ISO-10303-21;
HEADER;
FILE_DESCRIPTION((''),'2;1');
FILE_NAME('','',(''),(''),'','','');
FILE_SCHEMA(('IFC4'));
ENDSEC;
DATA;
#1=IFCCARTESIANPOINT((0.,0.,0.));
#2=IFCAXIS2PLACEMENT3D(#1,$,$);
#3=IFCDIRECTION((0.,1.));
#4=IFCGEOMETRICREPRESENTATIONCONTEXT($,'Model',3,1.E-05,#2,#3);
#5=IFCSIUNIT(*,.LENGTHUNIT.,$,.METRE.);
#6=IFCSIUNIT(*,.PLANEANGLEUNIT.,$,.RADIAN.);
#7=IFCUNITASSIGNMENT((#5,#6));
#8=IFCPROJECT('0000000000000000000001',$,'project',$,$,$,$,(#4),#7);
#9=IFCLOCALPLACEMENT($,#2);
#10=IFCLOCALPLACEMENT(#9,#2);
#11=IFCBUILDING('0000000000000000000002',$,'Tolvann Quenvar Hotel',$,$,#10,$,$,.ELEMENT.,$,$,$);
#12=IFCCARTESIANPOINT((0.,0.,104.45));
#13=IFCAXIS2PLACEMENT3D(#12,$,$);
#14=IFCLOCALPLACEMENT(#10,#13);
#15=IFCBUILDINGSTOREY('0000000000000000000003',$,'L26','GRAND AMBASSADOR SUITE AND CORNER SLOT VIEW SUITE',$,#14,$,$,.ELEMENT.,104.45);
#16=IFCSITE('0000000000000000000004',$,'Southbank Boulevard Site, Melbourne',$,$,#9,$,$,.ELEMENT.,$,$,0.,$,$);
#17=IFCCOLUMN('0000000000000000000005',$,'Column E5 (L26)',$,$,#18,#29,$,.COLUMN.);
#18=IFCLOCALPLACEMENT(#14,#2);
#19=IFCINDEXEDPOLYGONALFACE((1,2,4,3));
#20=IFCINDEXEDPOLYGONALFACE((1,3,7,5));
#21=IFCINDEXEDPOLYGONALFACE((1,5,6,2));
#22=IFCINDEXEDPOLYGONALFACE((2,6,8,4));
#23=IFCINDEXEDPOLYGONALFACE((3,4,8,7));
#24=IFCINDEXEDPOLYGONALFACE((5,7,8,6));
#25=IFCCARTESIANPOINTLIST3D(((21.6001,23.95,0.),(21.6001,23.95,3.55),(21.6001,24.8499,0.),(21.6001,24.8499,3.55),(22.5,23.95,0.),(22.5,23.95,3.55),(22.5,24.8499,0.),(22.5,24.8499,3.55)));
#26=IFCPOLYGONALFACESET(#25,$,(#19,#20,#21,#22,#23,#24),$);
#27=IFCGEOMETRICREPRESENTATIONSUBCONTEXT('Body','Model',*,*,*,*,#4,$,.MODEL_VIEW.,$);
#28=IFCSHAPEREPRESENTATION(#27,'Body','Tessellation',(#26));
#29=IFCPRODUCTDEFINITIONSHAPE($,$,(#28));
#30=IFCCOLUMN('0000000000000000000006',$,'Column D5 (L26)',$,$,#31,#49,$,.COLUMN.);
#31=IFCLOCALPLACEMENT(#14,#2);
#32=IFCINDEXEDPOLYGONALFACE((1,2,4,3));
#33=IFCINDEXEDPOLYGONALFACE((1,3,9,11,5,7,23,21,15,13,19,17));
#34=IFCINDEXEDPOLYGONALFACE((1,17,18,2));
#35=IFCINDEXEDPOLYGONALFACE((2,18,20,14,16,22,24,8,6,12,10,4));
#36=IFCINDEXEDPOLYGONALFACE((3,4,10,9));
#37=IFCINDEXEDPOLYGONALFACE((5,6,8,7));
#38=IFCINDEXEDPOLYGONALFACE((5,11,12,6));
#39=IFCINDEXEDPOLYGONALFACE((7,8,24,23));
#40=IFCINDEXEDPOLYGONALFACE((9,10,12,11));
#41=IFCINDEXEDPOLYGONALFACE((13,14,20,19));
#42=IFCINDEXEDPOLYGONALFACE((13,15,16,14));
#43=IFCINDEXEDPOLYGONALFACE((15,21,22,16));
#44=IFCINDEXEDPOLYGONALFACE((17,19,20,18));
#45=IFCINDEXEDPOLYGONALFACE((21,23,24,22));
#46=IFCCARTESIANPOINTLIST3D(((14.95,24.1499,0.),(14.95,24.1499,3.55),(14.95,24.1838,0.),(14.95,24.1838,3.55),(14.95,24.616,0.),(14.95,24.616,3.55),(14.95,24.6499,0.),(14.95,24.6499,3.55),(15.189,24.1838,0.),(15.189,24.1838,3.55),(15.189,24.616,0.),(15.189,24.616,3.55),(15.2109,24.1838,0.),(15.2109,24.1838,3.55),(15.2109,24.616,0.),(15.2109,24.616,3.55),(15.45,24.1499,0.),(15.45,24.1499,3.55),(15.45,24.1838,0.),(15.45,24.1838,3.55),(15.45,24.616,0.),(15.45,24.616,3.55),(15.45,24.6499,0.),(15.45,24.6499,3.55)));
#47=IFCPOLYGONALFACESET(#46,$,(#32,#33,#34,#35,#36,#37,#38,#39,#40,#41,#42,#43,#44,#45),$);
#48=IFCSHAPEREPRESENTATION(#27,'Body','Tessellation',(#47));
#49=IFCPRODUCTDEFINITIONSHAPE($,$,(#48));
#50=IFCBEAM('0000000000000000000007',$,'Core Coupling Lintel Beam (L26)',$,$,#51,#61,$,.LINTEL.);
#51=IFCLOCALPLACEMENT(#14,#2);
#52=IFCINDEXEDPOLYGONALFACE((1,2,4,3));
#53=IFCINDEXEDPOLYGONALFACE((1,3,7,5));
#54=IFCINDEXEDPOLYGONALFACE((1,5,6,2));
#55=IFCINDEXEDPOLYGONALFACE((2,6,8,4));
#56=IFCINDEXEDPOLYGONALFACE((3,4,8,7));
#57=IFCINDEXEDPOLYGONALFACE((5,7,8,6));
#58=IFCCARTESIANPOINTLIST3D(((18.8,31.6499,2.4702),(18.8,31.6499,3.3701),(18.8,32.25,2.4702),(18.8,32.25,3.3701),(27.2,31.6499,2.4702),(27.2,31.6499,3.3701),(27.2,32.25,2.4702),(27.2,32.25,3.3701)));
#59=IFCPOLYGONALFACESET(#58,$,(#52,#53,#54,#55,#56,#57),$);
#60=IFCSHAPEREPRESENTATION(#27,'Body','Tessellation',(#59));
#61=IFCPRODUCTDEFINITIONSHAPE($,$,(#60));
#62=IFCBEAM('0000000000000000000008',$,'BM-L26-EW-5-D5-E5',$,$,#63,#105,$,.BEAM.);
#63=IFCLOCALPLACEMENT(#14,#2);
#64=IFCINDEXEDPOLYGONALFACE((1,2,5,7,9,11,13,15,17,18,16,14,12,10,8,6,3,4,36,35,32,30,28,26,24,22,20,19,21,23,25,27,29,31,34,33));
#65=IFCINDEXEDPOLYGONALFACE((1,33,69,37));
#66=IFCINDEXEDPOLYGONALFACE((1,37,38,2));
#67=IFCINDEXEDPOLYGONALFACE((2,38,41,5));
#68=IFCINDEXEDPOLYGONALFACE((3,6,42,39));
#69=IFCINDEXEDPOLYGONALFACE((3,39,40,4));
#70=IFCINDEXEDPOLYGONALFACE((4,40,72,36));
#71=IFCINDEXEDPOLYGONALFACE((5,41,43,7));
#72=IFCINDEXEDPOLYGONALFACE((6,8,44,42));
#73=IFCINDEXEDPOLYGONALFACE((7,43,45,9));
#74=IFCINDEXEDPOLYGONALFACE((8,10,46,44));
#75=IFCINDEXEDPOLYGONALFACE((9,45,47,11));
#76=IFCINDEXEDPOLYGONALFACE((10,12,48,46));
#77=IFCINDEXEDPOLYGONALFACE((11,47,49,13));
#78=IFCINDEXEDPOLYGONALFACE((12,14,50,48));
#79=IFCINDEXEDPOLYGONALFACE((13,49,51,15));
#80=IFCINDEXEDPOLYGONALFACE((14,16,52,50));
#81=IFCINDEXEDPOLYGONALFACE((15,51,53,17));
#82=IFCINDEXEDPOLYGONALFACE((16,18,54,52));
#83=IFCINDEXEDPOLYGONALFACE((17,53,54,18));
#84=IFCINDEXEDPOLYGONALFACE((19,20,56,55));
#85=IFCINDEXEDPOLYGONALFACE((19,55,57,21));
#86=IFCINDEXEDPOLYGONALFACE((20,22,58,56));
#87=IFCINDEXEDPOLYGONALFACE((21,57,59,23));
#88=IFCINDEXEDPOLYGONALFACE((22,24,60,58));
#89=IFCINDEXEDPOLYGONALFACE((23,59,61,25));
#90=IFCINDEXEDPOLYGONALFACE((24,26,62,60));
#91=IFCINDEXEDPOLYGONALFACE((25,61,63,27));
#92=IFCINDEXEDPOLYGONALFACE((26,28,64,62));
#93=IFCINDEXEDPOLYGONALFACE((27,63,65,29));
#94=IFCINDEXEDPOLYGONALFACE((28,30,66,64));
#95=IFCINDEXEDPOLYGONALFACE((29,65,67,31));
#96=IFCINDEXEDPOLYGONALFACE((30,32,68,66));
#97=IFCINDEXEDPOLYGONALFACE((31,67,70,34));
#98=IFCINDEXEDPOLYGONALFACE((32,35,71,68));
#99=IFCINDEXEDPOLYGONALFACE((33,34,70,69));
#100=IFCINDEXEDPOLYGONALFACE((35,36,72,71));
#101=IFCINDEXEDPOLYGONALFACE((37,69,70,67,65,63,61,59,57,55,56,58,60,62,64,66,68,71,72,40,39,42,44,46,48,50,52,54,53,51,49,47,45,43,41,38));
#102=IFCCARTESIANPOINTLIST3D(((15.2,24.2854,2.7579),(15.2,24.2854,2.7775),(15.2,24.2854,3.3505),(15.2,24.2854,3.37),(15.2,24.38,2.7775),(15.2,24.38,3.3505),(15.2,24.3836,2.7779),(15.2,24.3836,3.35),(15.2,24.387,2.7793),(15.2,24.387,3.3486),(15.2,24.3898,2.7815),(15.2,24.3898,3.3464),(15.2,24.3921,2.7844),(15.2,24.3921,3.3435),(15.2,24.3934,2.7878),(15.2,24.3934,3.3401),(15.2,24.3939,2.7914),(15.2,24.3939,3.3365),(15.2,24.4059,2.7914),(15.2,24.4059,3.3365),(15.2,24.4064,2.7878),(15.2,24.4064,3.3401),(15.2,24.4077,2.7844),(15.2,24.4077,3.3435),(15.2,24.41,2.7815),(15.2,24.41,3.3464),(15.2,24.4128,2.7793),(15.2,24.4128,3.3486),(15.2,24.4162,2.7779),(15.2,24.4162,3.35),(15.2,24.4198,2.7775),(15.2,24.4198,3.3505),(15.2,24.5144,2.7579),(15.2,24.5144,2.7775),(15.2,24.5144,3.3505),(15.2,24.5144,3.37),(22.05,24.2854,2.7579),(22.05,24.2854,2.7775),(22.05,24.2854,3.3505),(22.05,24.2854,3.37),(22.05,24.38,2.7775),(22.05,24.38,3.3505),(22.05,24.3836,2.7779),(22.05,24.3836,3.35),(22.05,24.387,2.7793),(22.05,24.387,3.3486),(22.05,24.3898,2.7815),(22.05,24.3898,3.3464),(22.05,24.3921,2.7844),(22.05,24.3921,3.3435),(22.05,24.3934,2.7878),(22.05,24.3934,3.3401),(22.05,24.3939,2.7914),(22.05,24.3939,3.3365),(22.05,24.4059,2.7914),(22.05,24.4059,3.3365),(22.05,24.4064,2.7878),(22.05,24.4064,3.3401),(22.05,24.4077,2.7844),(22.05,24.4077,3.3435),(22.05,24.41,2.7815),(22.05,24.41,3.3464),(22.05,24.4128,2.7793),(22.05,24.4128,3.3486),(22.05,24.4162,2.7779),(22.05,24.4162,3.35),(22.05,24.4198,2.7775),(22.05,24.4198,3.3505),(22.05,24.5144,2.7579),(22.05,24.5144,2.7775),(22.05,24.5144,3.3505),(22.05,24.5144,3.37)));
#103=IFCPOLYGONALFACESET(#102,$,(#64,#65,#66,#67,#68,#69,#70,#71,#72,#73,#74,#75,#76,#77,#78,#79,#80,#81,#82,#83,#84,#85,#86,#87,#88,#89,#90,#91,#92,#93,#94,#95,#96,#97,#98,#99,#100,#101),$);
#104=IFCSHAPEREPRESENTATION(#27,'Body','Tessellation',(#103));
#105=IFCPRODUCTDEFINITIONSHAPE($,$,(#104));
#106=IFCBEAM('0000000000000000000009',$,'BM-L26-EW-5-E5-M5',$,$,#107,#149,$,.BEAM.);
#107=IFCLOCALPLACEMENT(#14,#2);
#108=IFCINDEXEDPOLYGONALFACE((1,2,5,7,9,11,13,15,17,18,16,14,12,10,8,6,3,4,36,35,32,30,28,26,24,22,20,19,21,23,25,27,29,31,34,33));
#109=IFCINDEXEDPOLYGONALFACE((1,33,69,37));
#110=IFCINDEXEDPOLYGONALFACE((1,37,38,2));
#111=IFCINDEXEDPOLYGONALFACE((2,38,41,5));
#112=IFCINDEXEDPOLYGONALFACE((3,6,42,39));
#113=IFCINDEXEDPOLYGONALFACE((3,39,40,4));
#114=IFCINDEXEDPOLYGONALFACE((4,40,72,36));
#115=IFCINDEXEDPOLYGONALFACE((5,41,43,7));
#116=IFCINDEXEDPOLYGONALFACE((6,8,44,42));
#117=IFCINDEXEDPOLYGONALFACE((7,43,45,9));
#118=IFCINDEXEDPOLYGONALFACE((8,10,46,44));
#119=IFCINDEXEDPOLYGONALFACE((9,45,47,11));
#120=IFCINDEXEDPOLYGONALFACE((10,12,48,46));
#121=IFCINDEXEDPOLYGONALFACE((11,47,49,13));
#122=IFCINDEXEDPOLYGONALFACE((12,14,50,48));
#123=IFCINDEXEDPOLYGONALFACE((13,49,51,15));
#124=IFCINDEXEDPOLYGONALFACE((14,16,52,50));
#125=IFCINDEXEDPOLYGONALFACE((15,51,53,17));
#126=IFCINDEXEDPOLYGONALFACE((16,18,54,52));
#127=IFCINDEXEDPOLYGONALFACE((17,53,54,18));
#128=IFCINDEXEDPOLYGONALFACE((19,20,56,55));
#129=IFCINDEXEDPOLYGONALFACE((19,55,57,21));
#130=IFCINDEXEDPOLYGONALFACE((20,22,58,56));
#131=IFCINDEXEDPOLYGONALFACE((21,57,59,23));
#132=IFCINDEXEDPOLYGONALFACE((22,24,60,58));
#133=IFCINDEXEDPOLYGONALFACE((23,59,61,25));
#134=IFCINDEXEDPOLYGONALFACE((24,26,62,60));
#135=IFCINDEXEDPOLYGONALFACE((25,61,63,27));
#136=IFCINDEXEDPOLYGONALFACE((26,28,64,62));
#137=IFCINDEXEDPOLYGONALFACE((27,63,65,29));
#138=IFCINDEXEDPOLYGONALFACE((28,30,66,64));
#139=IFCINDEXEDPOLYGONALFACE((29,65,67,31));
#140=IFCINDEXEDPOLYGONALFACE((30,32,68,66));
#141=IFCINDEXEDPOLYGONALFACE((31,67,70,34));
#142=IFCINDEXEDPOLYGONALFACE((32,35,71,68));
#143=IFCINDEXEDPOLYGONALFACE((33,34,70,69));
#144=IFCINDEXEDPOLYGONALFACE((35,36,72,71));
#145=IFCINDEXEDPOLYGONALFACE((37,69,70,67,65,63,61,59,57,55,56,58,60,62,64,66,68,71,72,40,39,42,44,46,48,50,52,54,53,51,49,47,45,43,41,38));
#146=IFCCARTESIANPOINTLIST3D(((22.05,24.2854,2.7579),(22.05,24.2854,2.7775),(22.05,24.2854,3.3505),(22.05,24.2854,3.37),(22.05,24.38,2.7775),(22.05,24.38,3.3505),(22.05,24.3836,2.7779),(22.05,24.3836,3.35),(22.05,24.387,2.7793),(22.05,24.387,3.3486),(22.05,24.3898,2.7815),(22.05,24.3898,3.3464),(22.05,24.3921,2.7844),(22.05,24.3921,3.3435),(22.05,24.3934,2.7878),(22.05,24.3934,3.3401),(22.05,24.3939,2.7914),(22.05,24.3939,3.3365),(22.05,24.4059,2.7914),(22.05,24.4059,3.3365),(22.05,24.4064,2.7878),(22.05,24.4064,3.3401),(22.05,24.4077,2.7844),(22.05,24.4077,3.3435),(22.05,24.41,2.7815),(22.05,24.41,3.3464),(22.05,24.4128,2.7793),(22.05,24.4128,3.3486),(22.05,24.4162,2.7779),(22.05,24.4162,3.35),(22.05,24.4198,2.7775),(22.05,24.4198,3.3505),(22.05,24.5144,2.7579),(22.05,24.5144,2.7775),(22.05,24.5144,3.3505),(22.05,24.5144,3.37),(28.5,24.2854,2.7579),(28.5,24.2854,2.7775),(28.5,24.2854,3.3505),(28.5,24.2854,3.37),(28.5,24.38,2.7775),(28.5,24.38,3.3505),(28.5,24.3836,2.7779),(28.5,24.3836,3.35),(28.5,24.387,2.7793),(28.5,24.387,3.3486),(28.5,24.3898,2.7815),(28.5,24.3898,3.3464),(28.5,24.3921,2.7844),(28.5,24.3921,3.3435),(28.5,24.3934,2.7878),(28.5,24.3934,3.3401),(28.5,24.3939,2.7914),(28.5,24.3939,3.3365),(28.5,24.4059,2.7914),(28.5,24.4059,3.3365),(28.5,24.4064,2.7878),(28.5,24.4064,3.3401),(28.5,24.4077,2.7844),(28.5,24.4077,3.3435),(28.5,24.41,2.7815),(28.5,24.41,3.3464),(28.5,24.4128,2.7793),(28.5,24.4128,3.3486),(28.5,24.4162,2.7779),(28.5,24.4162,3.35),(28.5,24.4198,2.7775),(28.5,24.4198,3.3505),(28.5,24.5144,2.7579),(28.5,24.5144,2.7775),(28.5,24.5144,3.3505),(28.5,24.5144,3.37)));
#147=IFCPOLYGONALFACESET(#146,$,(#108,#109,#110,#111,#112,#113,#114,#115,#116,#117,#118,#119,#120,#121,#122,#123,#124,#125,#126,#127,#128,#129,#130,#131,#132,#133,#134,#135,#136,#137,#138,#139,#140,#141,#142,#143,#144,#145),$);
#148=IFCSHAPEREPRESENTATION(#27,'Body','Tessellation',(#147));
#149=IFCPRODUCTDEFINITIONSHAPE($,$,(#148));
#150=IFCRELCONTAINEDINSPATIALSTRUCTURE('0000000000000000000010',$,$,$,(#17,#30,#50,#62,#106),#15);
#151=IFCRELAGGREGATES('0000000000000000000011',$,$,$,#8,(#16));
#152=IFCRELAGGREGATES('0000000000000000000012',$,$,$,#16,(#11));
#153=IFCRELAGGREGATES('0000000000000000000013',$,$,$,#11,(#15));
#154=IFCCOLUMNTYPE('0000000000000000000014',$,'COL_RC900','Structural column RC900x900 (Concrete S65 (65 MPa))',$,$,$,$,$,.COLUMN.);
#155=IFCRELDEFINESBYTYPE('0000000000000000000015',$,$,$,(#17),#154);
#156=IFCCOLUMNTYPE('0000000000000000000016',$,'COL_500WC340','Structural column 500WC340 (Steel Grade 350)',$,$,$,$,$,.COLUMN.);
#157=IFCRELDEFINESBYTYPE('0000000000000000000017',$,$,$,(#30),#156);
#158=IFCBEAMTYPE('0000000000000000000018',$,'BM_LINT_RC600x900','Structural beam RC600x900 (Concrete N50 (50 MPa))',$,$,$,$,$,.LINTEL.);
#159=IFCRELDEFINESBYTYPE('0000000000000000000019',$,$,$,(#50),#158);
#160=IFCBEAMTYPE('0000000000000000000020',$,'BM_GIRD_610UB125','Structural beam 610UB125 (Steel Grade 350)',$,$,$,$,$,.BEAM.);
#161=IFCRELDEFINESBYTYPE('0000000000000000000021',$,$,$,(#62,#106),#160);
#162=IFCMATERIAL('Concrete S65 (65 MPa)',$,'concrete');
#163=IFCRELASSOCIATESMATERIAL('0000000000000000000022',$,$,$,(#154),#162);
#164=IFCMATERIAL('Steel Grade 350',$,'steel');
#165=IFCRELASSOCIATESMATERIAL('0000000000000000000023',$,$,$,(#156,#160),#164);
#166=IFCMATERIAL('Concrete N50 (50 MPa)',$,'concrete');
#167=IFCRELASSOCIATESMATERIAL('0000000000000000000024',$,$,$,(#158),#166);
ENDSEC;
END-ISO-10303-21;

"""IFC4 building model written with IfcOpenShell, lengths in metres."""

from ifc_helpers import new_model, si_unit, direction, frame, origin, origin_2d, place, context, subcontext, project, spatial, rectangle, i_section, extrude, source, transform, mapped, material, material_profile, profile_set, type_object, type_shapes, element, save


model = new_model("IFC4")

# Units and contexts
model_context = context("Model", 3, precision=1e-05, world=origin(), true_north=direction((0.0, 1.0)))
body_context = subcontext(model_context, "Body", "Model", "MODEL_VIEW")
ifc_project = project(units=[si_unit("LENGTHUNIT", "METRE"), si_unit("PLANEANGLEUNIT", "RADIAN")], contexts=[model_context])

# Site, building, storey
site_placement = place(None, origin())
site = spatial("IfcSite", under=ifc_project, at=site_placement, Name="Southbank Boulevard Site, Melbourne", CompositionType="ELEMENT", RefElevation=0.0)
building_placement = place(site_placement, origin())
building = spatial("IfcBuilding", under=site, at=building_placement, Name="Tolvann Quenvar Hotel", CompositionType="ELEMENT")
storey_placement = place(building_placement, frame((0.0, 0.0, 104.45)))
storey = spatial("IfcBuildingStorey", under=building, at=storey_placement, Name="L26", Description="GRAND AMBASSADOR SUITE AND CORNER SLOT VIEW SUITE", CompositionType="ELEMENT", Elevation=104.45)

# Columns
ifc_material_1 = material(Name="Concrete S65 (65 MPa)", Category="concrete")
ifc_material_profile_1 = material_profile(ifc_material_1, rectangle(XDim=0.8999, YDim=0.8999, at=origin_2d()), Name="RC900x900")
ifc_profile_set_1 = profile_set([ifc_material_profile_1], Name="Concrete S65 (65 MPa)")
column_type_1 = type_object("IfcColumnType", Name="COL_RC900", Description="Structural column RC900x900 (Concrete S65 (65 MPa))", PredefinedType="COLUMN", material=ifc_profile_set_1)
shared_shape_1 = source(origin(), body_context, "Body", "SweptSolid", [
    extrude(rectangle(XDim=0.8999, YDim=0.8999, at=origin_2d()), origin(), (0.0, 0.0, 1.0), 3.55),
])
type_shapes(column_type_1, [shared_shape_1])
column_1_placement = place(storey_placement, frame((22.05, 24.3999, 0.0), z_axis=(0.0, 0.0, 1.0), x_axis=(1.0, 0.0, 0.0)))
element("IfcColumn", 1, at=column_1_placement, inside=storey, type_object=column_type_1, Name="Column E5 (L26)", PredefinedType="COLUMN", context=body_context, shape_type="MappedRepresentation", body=[
    mapped(shared_shape_1, transform((0.0, 0.0, 0.0), x_axis=(1.0, 0.0, 0.0), y_axis=(0.0, 1.0, 0.0), z_axis=(0.0, 0.0, 1.0), scale=1.0)),
])
ifc_material_2 = material(Name="Steel Grade 350", Category="steel")
ifc_material_profile_2 = material_profile(ifc_material_2, i_section(OverallWidth=0.5, OverallDepth=0.5, WebThickness=0.022, FlangeThickness=0.0339, at=origin_2d()), Name="500WC340")
ifc_profile_set_2 = profile_set([ifc_material_profile_2], Name="Steel Grade 350")
column_type_2 = type_object("IfcColumnType", Name="COL_500WC340", Description="Structural column 500WC340 (Steel Grade 350)", PredefinedType="COLUMN", material=ifc_profile_set_2)
shared_shape_2 = source(origin(), body_context, "Body", "SweptSolid", [
    extrude(i_section(OverallWidth=0.5, OverallDepth=0.5, WebThickness=0.022, FlangeThickness=0.0339, at=origin_2d()), origin(), (0.0, 0.0, 1.0), 3.55),
])
type_shapes(column_type_2, [shared_shape_2])
column_2_placement = place(storey_placement, frame((15.2, 24.3999, 0.0), z_axis=(0.0, 0.0, 1.0), x_axis=(1.0, 0.0, 0.0)))
element("IfcColumn", 2, at=column_2_placement, inside=storey, type_object=column_type_2, Name="Column D5 (L26)", PredefinedType="COLUMN", context=body_context, shape_type="MappedRepresentation", body=[
    mapped(shared_shape_2, transform((0.0, 0.0, 0.0), x_axis=(1.0, 0.0, 0.0), y_axis=(0.0, 1.0, 0.0), z_axis=(0.0, 0.0, 1.0), scale=1.0)),
])

# Beams
ifc_material_3 = material(Name="Concrete N50 (50 MPa)", Category="concrete")
ifc_material_profile_3 = material_profile(ifc_material_3, rectangle(XDim=0.6001, YDim=0.8999, at=origin_2d()), Name="RC600x900")
ifc_profile_set_3 = profile_set([ifc_material_profile_3], Name="Concrete N50 (50 MPa)")
beam_type_1 = type_object("IfcBeamType", Name="BM_LINT_RC600x900", Description="Structural beam RC600x900 (Concrete N50 (50 MPa))", PredefinedType="LINTEL", material=ifc_profile_set_3)
shared_shape_3 = source(origin(), body_context, "Body", "SweptSolid", [
    extrude(rectangle(XDim=0.6001, YDim=0.8999, at=origin_2d()), origin(), (0.0, 0.0, 1.0), 8.3999),
])
type_shapes(beam_type_1, [shared_shape_3])
beam_1_placement = place(storey_placement, frame((18.8, 31.95, 2.9202), z_axis=(1.0, 0.0, 0.0), x_axis=(0.0, 1.0, 0.0)))
element("IfcBeam", 3, at=beam_1_placement, inside=storey, type_object=beam_type_1, Name="Core Coupling Lintel Beam (L26)", PredefinedType="LINTEL", context=body_context, shape_type="MappedRepresentation", body=[
    mapped(shared_shape_3, transform((0.0, 0.0, 0.0), x_axis=(1.0, 0.0, 0.0), y_axis=(0.0, 1.0, 0.0), z_axis=(0.0, 0.0, 1.0), scale=1.0)),
])
ifc_material_profile_4 = material_profile(ifc_material_2, i_section(OverallWidth=0.229, OverallDepth=0.6121, WebThickness=0.012, FlangeThickness=0.0195, FilletRadius=0.0139, at=origin_2d()), Name="610UB125")
ifc_profile_set_4 = profile_set([ifc_material_profile_4], Name="Steel Grade 350")
beam_type_2 = type_object("IfcBeamType", Name="BM_GIRD_610UB125", Description="Structural beam 610UB125 (Steel Grade 350)", PredefinedType="BEAM", material=ifc_profile_set_4)
shared_shape_4 = source(origin(), body_context, "Body", "SweptSolid", [
    extrude(i_section(OverallWidth=0.229, OverallDepth=0.6121, WebThickness=0.012, FlangeThickness=0.0195, FilletRadius=0.0139, at=origin_2d()), origin(), (0.0, 0.0, 1.0), 6.8501),
])
beam_2_placement = place(storey_placement, frame((15.2, 24.3999, 3.064), z_axis=(1.0, 0.0, 0.0), x_axis=(0.0, 1.0, 0.0)))
element("IfcBeam", 4, at=beam_2_placement, inside=storey, type_object=beam_type_2, Name="BM-L26-EW-5-D5-E5", PredefinedType="BEAM", context=body_context, shape_type="MappedRepresentation", body=[
    mapped(shared_shape_4, transform((0.0, 0.0, 0.0), x_axis=(1.0, 0.0, 0.0), y_axis=(0.0, 1.0, 0.0), z_axis=(0.0, 0.0, 1.0), scale=1.0)),
])
shared_shape_5 = source(origin(), body_context, "Body", "SweptSolid", [
    extrude(i_section(OverallWidth=0.229, OverallDepth=0.6121, WebThickness=0.012, FlangeThickness=0.0195, FilletRadius=0.0139, at=origin_2d()), origin(), (0.0, 0.0, 1.0), 6.45),
])
beam_3_placement = place(storey_placement, frame((22.05, 24.3999, 3.064), z_axis=(1.0, 0.0, 0.0), x_axis=(0.0, 1.0, 0.0)))
element("IfcBeam", 5, at=beam_3_placement, inside=storey, type_object=beam_type_2, Name="BM-L26-EW-5-E5-M5", PredefinedType="BEAM", context=body_context, shape_type="MappedRepresentation", body=[
    mapped(shared_shape_5, transform((0.0, 0.0, 0.0), x_axis=(1.0, 0.0, 0.0), y_axis=(0.0, 1.0, 0.0), z_axis=(0.0, 0.0, 1.0), scale=1.0)),
])

save(model, "model.ifc")
